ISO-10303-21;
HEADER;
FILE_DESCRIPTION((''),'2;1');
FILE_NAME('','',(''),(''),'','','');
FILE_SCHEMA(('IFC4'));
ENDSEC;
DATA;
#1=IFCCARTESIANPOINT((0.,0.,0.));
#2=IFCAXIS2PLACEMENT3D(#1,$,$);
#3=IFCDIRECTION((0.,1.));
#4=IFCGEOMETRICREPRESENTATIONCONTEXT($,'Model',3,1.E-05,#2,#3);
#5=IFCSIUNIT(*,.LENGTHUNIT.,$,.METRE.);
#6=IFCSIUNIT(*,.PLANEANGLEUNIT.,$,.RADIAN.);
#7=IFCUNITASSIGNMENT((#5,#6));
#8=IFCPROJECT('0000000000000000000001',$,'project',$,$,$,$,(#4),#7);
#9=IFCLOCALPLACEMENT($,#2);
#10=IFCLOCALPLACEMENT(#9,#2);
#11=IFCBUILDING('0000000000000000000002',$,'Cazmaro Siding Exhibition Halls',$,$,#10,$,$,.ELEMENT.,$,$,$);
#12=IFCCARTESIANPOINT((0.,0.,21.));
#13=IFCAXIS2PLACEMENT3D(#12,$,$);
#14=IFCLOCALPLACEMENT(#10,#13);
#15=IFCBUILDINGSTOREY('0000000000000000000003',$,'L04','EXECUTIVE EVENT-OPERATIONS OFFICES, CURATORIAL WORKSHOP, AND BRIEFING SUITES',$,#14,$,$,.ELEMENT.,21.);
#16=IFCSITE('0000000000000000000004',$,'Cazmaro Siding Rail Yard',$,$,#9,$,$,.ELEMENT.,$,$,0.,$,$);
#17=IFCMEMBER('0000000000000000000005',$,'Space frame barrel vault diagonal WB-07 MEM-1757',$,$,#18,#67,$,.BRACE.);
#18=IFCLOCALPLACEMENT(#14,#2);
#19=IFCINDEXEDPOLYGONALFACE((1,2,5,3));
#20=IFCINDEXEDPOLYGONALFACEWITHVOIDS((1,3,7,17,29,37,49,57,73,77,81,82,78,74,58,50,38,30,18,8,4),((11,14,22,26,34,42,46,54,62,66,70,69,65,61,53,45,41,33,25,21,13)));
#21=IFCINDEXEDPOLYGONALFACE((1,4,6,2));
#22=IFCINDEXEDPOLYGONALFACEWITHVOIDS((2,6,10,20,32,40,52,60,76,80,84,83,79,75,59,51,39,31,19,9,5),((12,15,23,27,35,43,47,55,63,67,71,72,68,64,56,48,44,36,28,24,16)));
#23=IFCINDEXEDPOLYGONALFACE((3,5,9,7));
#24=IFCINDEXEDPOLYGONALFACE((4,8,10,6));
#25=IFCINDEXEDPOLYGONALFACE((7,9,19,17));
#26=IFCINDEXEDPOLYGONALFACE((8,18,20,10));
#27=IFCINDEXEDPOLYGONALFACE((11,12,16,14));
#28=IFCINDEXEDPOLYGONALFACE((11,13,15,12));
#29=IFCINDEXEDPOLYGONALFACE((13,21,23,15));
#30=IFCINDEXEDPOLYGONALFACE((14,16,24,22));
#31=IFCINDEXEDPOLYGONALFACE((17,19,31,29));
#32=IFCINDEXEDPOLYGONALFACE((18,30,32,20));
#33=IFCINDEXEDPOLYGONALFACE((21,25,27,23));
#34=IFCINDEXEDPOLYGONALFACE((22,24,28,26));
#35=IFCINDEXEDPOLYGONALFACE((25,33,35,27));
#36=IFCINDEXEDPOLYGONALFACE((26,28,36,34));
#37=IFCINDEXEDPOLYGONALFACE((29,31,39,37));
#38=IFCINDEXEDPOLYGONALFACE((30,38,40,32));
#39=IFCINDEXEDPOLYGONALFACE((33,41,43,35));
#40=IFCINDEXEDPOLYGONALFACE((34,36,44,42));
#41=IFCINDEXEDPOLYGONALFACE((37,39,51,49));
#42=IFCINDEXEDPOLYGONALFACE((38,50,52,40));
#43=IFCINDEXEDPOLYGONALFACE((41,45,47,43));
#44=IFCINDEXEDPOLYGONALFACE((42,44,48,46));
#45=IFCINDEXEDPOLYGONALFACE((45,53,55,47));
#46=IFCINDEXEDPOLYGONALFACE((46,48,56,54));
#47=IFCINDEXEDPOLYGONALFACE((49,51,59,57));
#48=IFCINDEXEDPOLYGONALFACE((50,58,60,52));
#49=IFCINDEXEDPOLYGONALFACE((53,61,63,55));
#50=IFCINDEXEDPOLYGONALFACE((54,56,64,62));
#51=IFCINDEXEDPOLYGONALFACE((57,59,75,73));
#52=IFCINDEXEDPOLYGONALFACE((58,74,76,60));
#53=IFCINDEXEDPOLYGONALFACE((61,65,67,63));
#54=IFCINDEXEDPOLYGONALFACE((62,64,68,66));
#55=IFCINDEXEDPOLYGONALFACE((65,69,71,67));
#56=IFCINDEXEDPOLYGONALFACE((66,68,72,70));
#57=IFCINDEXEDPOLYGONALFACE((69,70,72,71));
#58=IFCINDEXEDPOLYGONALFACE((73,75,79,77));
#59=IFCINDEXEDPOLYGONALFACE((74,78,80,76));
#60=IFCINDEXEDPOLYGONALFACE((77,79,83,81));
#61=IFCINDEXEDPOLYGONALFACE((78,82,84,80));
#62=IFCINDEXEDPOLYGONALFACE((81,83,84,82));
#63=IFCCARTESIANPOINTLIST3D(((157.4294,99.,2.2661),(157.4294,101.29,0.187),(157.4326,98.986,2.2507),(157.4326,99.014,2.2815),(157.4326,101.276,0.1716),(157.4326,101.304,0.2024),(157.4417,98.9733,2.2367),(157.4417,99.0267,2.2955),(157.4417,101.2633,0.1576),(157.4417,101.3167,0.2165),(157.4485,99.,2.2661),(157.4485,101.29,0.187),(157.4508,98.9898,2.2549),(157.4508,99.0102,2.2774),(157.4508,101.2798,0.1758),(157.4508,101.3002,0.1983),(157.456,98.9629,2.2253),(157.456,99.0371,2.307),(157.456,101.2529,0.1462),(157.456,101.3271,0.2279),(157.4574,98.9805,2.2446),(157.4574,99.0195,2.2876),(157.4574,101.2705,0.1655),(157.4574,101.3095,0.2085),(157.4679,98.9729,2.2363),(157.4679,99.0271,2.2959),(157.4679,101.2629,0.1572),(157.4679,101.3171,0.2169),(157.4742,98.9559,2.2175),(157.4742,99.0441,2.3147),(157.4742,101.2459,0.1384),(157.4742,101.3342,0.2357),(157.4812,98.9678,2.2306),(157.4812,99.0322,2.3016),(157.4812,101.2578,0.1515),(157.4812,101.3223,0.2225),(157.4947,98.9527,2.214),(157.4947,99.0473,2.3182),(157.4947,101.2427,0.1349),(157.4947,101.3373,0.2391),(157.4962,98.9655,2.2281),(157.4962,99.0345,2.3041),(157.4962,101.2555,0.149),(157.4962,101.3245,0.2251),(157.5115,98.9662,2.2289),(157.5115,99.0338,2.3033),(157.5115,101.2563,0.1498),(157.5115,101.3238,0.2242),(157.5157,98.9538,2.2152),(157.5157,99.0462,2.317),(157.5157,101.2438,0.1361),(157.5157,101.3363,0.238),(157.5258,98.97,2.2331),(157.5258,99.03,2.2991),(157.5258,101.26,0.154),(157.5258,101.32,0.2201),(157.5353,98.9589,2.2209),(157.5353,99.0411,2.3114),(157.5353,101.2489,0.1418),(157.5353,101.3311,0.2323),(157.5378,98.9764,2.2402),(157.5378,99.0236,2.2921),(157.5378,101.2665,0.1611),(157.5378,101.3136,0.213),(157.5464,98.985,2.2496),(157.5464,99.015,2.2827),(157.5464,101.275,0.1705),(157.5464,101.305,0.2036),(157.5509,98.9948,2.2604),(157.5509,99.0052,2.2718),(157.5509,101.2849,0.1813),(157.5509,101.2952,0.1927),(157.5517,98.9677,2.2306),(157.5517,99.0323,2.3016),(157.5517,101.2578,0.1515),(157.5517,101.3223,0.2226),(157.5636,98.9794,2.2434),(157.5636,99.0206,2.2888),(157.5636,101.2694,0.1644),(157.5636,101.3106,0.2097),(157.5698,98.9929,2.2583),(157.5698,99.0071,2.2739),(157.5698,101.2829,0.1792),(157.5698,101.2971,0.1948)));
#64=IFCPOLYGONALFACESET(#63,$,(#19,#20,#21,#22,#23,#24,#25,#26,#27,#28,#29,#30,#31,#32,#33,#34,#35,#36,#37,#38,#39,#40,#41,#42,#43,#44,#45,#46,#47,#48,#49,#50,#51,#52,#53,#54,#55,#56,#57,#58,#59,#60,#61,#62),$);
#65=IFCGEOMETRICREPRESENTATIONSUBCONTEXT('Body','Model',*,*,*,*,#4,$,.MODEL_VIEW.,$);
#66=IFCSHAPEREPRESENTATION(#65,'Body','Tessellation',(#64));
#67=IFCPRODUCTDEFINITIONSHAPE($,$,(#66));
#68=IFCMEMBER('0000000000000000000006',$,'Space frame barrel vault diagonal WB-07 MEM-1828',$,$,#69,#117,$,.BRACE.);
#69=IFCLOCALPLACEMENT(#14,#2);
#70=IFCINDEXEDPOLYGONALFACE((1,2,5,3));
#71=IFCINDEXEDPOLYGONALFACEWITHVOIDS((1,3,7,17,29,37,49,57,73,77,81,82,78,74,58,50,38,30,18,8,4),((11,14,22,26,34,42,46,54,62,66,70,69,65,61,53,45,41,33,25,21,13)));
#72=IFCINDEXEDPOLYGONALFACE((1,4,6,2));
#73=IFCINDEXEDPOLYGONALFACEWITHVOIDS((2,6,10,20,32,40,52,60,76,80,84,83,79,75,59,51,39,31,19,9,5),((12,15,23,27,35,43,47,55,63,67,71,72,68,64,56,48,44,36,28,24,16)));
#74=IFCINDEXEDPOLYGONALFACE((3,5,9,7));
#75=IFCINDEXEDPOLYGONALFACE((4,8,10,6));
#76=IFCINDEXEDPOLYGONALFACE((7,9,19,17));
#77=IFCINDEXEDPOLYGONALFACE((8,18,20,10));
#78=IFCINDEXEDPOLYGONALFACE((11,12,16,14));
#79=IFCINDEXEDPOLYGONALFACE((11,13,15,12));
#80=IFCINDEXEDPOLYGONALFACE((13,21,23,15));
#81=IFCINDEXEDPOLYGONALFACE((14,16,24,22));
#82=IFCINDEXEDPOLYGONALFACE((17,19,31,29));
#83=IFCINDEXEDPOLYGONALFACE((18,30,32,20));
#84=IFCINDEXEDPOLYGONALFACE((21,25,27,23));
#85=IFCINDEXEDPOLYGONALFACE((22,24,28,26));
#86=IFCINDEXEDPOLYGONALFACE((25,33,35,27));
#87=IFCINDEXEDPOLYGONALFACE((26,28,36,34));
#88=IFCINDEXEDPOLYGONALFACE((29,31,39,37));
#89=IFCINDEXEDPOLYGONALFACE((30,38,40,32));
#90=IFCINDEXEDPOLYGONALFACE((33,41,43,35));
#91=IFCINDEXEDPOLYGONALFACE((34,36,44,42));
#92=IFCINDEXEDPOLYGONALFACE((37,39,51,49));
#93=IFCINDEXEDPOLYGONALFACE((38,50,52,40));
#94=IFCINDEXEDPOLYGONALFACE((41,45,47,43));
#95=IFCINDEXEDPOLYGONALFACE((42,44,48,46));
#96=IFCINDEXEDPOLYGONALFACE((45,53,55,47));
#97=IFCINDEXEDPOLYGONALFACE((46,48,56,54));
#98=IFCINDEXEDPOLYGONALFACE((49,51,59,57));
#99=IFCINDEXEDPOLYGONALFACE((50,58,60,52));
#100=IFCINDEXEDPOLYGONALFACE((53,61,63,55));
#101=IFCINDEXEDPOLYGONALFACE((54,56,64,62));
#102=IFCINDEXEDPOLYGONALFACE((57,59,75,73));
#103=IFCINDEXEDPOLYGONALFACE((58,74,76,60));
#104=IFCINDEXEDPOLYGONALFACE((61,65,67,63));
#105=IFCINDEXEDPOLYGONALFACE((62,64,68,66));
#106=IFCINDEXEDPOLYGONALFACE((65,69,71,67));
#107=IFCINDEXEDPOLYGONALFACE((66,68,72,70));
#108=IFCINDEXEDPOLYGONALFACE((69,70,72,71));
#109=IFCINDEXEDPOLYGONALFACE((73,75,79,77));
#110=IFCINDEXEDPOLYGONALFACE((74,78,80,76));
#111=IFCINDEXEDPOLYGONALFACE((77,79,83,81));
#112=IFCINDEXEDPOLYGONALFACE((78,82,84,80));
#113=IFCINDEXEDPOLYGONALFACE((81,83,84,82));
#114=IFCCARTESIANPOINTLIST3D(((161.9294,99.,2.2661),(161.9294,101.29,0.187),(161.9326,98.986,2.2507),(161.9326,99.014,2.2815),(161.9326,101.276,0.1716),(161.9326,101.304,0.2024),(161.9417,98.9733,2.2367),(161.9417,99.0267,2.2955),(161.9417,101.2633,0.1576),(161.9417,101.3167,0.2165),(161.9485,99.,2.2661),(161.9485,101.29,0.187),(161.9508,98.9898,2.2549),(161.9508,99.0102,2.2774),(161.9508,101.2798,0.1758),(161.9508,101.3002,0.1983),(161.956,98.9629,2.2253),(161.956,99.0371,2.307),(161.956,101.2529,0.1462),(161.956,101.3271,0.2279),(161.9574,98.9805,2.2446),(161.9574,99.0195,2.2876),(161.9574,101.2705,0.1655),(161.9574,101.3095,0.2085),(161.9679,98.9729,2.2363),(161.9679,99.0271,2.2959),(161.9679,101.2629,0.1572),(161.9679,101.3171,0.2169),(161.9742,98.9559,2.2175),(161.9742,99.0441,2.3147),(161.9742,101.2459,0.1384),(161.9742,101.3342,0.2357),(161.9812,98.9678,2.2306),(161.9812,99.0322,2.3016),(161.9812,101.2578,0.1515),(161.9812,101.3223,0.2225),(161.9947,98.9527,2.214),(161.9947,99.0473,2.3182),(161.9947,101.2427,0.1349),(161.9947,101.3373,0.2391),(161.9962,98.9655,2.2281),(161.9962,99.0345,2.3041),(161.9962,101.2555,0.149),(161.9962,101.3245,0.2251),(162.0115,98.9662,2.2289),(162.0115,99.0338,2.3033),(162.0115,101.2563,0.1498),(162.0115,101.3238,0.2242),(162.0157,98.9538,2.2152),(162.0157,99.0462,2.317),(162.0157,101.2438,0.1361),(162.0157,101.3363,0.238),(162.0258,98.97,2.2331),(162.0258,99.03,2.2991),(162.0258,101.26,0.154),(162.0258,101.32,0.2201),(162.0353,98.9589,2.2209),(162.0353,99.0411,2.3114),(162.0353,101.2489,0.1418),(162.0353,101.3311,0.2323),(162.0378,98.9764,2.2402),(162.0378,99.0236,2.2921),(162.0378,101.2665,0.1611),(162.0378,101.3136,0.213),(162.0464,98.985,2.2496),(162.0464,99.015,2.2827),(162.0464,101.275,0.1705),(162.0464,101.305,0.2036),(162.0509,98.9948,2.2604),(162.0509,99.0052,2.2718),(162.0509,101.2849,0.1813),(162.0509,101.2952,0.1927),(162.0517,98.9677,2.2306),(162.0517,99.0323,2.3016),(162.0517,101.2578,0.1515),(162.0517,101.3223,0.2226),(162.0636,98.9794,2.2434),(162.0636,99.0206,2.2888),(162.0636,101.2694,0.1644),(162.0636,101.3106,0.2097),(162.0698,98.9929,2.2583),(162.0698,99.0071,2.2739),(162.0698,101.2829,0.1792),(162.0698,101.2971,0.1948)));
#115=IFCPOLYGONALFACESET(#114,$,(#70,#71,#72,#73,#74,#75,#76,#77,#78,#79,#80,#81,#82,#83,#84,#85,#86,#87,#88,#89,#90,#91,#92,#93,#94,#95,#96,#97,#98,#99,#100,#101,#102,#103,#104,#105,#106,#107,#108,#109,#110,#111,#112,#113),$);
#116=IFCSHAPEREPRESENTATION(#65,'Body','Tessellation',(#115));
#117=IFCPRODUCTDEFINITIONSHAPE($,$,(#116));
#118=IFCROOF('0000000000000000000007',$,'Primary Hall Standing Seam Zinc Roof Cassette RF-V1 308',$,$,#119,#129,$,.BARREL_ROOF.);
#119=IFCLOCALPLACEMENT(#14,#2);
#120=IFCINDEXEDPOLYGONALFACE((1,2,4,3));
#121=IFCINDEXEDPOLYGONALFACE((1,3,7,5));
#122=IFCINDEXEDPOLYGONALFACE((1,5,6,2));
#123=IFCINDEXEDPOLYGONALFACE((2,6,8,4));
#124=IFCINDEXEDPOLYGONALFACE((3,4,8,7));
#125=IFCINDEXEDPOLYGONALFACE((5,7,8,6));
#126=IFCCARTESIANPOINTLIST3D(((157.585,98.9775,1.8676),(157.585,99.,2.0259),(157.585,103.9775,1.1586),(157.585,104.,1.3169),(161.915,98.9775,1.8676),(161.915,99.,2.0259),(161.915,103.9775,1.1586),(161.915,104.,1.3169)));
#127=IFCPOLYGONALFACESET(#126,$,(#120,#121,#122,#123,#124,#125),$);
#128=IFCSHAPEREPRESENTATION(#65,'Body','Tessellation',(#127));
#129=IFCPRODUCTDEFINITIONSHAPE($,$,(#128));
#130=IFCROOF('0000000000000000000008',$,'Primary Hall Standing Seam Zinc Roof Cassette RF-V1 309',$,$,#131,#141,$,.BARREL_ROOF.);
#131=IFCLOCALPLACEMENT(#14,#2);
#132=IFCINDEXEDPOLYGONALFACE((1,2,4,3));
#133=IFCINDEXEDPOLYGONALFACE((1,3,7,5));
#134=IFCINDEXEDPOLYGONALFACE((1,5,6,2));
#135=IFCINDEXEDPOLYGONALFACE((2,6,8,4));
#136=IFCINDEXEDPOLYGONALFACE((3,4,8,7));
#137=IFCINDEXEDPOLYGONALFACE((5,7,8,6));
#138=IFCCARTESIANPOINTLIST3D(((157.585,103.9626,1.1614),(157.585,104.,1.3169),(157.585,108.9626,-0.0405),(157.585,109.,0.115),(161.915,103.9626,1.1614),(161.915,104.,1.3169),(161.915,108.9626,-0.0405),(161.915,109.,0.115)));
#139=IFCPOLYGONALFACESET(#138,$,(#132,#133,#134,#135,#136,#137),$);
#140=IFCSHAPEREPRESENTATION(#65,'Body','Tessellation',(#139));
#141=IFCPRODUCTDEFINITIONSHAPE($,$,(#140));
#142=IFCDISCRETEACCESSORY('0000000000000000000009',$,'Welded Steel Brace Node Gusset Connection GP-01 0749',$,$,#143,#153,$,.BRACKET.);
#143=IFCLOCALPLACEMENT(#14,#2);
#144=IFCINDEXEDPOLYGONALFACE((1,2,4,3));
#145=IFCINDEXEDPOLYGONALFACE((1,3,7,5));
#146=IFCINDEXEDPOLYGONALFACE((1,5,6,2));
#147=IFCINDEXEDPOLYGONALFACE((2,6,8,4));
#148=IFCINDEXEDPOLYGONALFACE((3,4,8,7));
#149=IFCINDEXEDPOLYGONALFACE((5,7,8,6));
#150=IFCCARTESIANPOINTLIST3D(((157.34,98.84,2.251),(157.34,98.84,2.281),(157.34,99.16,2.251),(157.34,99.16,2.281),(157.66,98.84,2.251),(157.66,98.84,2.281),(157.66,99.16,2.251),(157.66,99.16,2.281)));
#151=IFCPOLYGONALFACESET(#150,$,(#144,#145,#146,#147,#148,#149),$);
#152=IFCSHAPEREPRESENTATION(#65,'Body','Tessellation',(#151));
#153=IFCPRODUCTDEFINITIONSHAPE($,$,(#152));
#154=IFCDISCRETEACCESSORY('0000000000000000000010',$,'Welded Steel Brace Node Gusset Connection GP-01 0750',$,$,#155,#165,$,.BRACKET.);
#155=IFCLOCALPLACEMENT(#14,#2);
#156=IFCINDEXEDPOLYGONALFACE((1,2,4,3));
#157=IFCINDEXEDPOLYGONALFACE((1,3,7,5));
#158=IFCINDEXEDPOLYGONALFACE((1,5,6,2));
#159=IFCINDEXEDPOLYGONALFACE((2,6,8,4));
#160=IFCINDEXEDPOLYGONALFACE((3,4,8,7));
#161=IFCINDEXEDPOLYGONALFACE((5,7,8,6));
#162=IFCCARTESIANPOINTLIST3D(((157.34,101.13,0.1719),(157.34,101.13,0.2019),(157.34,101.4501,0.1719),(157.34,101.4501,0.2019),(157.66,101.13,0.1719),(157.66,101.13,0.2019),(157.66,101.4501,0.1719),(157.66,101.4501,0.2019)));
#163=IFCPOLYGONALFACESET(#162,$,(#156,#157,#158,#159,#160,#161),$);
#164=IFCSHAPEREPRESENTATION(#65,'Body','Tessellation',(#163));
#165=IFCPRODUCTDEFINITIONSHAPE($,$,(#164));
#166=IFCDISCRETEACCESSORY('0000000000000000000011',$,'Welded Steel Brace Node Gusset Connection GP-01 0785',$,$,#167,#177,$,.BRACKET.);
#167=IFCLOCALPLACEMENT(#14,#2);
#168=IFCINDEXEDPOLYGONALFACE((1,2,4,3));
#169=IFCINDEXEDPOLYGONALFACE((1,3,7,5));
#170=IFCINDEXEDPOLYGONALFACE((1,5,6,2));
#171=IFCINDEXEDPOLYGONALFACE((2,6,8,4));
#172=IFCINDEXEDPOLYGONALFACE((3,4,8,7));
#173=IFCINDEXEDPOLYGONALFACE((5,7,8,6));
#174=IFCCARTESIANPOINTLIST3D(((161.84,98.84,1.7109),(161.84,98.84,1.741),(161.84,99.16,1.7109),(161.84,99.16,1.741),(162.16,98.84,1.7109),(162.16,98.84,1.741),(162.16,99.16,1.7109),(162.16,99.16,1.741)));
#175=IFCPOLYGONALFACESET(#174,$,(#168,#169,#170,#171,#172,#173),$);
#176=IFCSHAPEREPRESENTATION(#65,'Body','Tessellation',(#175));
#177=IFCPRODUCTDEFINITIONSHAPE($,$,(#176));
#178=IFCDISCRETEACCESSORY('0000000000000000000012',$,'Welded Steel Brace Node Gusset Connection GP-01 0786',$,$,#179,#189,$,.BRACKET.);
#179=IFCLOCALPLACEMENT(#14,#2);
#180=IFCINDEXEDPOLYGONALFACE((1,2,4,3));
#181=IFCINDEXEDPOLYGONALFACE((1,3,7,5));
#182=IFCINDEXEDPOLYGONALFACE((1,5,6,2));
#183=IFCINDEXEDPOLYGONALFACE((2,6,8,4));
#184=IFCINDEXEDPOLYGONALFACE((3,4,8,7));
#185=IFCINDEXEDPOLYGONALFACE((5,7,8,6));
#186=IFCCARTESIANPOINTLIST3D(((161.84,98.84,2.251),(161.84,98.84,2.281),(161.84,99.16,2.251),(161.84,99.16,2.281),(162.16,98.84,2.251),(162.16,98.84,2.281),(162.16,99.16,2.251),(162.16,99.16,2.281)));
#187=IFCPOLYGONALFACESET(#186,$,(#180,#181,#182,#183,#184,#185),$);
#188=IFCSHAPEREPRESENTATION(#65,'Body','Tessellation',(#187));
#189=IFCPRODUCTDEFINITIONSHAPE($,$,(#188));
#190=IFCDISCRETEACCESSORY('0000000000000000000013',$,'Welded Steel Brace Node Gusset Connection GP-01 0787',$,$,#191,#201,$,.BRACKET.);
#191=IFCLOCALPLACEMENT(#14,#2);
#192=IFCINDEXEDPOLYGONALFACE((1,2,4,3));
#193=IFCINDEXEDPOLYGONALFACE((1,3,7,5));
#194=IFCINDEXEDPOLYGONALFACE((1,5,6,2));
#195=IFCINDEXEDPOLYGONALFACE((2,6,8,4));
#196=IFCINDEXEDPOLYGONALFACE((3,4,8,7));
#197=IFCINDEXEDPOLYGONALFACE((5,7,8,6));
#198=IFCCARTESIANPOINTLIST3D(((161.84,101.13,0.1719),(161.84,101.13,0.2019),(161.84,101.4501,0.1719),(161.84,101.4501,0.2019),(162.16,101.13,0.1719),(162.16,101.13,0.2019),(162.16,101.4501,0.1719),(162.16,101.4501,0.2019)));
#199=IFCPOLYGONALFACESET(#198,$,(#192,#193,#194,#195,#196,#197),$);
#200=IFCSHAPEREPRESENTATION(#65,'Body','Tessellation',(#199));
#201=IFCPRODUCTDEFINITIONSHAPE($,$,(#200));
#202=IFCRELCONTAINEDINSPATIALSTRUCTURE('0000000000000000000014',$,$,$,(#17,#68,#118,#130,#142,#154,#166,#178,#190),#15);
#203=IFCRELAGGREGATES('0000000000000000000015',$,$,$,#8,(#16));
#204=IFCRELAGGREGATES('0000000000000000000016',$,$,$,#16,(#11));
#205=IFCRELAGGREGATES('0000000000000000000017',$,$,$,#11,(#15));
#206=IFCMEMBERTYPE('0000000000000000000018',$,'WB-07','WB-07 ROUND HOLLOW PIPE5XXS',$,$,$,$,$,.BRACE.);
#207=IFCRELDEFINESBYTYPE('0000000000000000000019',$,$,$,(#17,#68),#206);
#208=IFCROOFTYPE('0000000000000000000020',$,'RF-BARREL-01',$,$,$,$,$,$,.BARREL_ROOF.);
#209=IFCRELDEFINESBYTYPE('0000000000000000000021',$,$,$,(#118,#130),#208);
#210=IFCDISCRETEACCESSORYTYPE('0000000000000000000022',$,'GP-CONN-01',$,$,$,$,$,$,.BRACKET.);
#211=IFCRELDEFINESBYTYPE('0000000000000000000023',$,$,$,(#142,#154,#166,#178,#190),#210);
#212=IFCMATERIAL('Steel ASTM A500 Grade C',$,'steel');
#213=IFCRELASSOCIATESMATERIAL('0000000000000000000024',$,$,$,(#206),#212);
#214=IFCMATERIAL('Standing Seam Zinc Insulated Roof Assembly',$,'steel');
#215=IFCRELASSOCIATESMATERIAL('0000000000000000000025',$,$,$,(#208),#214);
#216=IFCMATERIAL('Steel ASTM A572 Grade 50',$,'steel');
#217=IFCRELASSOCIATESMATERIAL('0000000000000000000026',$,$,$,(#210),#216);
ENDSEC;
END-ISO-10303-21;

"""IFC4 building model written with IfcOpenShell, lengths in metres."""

from ifc_helpers import new_model, si_unit, direction, frame, origin, origin_2d, place, context, subcontext, project, spatial, polyline, rectangle, hollow_circle, outline, extrude, material, material_profile, profile_set, type_object, element, save


model = new_model("IFC4")

# Units and contexts
model_context = context("Model", 3, precision=1e-05, world=origin(), true_north=direction((0.0, 1.0)))
body_context = subcontext(model_context, "Body", "Model", "MODEL_VIEW")
ifc_project = project(units=[si_unit("LENGTHUNIT", "METRE"), si_unit("PLANEANGLEUNIT", "RADIAN")], contexts=[model_context])

# Site, building, storey
site_placement = place(None, origin())
site = spatial("IfcSite", under=ifc_project, at=site_placement, Name="Cazmaro Siding Rail Yard", CompositionType="ELEMENT", RefElevation=0.0)
building_placement = place(site_placement, origin())
building = spatial("IfcBuilding", under=site, at=building_placement, Name="Cazmaro Siding Exhibition Halls", CompositionType="ELEMENT")
storey_placement = place(building_placement, frame((0.0, 0.0, 21.0)))
storey = spatial("IfcBuildingStorey", under=building, at=storey_placement, Name="L04", Description="EXECUTIVE EVENT-OPERATIONS OFFICES, CURATORIAL WORKSHOP, AND BRIEFING SUITES", CompositionType="ELEMENT", Elevation=21.0)

# Members
ifc_material_1 = material(Name="Steel ASTM A500 Grade C", Category="steel")
ifc_material_profile_1 = material_profile(ifc_material_1, hollow_circle(Radius=0.0706, WallThickness=0.019, at=origin_2d()), Name="PIPE5XXS")
ifc_profile_set_1 = profile_set([ifc_material_profile_1], Name="Steel ASTM A500 Grade C")
member_type_1 = type_object("IfcMemberType", Name="WB-07", Description="WB-07 ROUND HOLLOW PIPE5XXS", PredefinedType="BRACE", material=ifc_profile_set_1)
for number, where, z_axis, x_axis, name in (
    (1, (157.5, 99.0, 2.2661), (0.0, 0.740383, -0.672185), (-1.0, 0.0, 0.0), "Space frame barrel vault diagonal WB-07 MEM-1757"),
    (2, (162.0, 99.0, 2.2661), (0.0, 0.740383, -0.672185), (-1.0, 0.0, 0.0), "Space frame barrel vault diagonal WB-07 MEM-1828"),
):
    element("IfcMember", number, at=place(storey_placement, frame(where, z_axis=z_axis, x_axis=x_axis)), inside=storey, type_object=member_type_1, Name=name, PredefinedType="BRACE", context=body_context, shape_type="SweptSolid", body=[
        extrude(hollow_circle(Radius=0.0706, WallThickness=0.019, at=origin_2d()), origin(), (0.0, 0.0, 1.0), 3.093),
    ])

# Roofs
ifc_material_2 = material(Name="Standing Seam Zinc Insulated Roof Assembly", Category="steel")
roof_type = type_object("IfcRoofType", Name="RF-BARREL-01", PredefinedType="BARREL_ROOF", material=ifc_material_2)
roof_1_placement = place(storey_placement, frame((157.585, 99.0, 2.0259), z_axis=(0.0, 0.140393, 0.990096), x_axis=(1.0, 0.0, 0.0)))
element("IfcRoof", 3, at=roof_1_placement, inside=storey, type_object=roof_type, Name="Primary Hall Standing Seam Zinc Roof Cassette RF-V1 308", PredefinedType="BARREL_ROOF", context=body_context, shape_type="SweptSolid", body=[
    extrude(outline(polyline([(0.0, 0.0), (4.3301, 0.0), (4.3301, 5.05), (0.0, 5.05), (0.0, 0.0)])), origin(), (0.0, 0.0, -1.0), 0.1599),
])
roof_2_placement = place(storey_placement, frame((157.585, 104.0, 1.3169), z_axis=(0.0, 0.233723, 0.972303), x_axis=(1.0, 0.0, 0.0)))
element("IfcRoof", 4, at=roof_2_placement, inside=storey, type_object=roof_type, Name="Primary Hall Standing Seam Zinc Roof Cassette RF-V1 309", PredefinedType="BARREL_ROOF", context=body_context, shape_type="SweptSolid", body=[
    extrude(outline(polyline([(0.0, 0.0), (4.3301, 0.0), (4.3301, 5.1424), (0.0, 5.1424), (0.0, 0.0)])), origin(), (0.0, 0.0, -1.0), 0.1599),
])

# Discrete accessories
ifc_material_3 = material(Name="Steel ASTM A572 Grade 50", Category="steel")
discrete_accessory_type = type_object("IfcDiscreteAccessoryType", Name="GP-CONN-01", PredefinedType="BRACKET", material=ifc_material_3)
for number, where, z_axis, x_axis, name in (
    (5, (157.5, 99.0, 2.251), (0.0, 0.0, 1.0), (1.0, 0.0, 0.0), "Welded Steel Brace Node Gusset Connection GP-01 0749"),
    (6, (157.5, 101.29, 0.1719), (0.0, 0.0, 1.0), (1.0, 0.0, 0.0), "Welded Steel Brace Node Gusset Connection GP-01 0750"),
    (7, (162.0, 99.0, 1.7109), (0.0, 0.0, 1.0), (1.0, 0.0, 0.0), "Welded Steel Brace Node Gusset Connection GP-01 0785"),
    (8, (162.0, 99.0, 2.251), (0.0, 0.0, 1.0), (1.0, 0.0, 0.0), "Welded Steel Brace Node Gusset Connection GP-01 0786"),
    (9, (162.0, 101.29, 0.1719), (0.0, 0.0, 1.0), (1.0, 0.0, 0.0), "Welded Steel Brace Node Gusset Connection GP-01 0787"),
):
    element("IfcDiscreteAccessory", number, at=place(storey_placement, frame(where, z_axis=z_axis, x_axis=x_axis)), inside=storey, type_object=discrete_accessory_type, Name=name, PredefinedType="BRACKET", context=body_context, shape_type="SweptSolid", body=[
        extrude(rectangle(XDim=0.3201, YDim=0.3201, at=origin_2d()), origin(), (0.0, 0.0, 1.0), 0.03),
    ])

save(model, "model.ifc")
